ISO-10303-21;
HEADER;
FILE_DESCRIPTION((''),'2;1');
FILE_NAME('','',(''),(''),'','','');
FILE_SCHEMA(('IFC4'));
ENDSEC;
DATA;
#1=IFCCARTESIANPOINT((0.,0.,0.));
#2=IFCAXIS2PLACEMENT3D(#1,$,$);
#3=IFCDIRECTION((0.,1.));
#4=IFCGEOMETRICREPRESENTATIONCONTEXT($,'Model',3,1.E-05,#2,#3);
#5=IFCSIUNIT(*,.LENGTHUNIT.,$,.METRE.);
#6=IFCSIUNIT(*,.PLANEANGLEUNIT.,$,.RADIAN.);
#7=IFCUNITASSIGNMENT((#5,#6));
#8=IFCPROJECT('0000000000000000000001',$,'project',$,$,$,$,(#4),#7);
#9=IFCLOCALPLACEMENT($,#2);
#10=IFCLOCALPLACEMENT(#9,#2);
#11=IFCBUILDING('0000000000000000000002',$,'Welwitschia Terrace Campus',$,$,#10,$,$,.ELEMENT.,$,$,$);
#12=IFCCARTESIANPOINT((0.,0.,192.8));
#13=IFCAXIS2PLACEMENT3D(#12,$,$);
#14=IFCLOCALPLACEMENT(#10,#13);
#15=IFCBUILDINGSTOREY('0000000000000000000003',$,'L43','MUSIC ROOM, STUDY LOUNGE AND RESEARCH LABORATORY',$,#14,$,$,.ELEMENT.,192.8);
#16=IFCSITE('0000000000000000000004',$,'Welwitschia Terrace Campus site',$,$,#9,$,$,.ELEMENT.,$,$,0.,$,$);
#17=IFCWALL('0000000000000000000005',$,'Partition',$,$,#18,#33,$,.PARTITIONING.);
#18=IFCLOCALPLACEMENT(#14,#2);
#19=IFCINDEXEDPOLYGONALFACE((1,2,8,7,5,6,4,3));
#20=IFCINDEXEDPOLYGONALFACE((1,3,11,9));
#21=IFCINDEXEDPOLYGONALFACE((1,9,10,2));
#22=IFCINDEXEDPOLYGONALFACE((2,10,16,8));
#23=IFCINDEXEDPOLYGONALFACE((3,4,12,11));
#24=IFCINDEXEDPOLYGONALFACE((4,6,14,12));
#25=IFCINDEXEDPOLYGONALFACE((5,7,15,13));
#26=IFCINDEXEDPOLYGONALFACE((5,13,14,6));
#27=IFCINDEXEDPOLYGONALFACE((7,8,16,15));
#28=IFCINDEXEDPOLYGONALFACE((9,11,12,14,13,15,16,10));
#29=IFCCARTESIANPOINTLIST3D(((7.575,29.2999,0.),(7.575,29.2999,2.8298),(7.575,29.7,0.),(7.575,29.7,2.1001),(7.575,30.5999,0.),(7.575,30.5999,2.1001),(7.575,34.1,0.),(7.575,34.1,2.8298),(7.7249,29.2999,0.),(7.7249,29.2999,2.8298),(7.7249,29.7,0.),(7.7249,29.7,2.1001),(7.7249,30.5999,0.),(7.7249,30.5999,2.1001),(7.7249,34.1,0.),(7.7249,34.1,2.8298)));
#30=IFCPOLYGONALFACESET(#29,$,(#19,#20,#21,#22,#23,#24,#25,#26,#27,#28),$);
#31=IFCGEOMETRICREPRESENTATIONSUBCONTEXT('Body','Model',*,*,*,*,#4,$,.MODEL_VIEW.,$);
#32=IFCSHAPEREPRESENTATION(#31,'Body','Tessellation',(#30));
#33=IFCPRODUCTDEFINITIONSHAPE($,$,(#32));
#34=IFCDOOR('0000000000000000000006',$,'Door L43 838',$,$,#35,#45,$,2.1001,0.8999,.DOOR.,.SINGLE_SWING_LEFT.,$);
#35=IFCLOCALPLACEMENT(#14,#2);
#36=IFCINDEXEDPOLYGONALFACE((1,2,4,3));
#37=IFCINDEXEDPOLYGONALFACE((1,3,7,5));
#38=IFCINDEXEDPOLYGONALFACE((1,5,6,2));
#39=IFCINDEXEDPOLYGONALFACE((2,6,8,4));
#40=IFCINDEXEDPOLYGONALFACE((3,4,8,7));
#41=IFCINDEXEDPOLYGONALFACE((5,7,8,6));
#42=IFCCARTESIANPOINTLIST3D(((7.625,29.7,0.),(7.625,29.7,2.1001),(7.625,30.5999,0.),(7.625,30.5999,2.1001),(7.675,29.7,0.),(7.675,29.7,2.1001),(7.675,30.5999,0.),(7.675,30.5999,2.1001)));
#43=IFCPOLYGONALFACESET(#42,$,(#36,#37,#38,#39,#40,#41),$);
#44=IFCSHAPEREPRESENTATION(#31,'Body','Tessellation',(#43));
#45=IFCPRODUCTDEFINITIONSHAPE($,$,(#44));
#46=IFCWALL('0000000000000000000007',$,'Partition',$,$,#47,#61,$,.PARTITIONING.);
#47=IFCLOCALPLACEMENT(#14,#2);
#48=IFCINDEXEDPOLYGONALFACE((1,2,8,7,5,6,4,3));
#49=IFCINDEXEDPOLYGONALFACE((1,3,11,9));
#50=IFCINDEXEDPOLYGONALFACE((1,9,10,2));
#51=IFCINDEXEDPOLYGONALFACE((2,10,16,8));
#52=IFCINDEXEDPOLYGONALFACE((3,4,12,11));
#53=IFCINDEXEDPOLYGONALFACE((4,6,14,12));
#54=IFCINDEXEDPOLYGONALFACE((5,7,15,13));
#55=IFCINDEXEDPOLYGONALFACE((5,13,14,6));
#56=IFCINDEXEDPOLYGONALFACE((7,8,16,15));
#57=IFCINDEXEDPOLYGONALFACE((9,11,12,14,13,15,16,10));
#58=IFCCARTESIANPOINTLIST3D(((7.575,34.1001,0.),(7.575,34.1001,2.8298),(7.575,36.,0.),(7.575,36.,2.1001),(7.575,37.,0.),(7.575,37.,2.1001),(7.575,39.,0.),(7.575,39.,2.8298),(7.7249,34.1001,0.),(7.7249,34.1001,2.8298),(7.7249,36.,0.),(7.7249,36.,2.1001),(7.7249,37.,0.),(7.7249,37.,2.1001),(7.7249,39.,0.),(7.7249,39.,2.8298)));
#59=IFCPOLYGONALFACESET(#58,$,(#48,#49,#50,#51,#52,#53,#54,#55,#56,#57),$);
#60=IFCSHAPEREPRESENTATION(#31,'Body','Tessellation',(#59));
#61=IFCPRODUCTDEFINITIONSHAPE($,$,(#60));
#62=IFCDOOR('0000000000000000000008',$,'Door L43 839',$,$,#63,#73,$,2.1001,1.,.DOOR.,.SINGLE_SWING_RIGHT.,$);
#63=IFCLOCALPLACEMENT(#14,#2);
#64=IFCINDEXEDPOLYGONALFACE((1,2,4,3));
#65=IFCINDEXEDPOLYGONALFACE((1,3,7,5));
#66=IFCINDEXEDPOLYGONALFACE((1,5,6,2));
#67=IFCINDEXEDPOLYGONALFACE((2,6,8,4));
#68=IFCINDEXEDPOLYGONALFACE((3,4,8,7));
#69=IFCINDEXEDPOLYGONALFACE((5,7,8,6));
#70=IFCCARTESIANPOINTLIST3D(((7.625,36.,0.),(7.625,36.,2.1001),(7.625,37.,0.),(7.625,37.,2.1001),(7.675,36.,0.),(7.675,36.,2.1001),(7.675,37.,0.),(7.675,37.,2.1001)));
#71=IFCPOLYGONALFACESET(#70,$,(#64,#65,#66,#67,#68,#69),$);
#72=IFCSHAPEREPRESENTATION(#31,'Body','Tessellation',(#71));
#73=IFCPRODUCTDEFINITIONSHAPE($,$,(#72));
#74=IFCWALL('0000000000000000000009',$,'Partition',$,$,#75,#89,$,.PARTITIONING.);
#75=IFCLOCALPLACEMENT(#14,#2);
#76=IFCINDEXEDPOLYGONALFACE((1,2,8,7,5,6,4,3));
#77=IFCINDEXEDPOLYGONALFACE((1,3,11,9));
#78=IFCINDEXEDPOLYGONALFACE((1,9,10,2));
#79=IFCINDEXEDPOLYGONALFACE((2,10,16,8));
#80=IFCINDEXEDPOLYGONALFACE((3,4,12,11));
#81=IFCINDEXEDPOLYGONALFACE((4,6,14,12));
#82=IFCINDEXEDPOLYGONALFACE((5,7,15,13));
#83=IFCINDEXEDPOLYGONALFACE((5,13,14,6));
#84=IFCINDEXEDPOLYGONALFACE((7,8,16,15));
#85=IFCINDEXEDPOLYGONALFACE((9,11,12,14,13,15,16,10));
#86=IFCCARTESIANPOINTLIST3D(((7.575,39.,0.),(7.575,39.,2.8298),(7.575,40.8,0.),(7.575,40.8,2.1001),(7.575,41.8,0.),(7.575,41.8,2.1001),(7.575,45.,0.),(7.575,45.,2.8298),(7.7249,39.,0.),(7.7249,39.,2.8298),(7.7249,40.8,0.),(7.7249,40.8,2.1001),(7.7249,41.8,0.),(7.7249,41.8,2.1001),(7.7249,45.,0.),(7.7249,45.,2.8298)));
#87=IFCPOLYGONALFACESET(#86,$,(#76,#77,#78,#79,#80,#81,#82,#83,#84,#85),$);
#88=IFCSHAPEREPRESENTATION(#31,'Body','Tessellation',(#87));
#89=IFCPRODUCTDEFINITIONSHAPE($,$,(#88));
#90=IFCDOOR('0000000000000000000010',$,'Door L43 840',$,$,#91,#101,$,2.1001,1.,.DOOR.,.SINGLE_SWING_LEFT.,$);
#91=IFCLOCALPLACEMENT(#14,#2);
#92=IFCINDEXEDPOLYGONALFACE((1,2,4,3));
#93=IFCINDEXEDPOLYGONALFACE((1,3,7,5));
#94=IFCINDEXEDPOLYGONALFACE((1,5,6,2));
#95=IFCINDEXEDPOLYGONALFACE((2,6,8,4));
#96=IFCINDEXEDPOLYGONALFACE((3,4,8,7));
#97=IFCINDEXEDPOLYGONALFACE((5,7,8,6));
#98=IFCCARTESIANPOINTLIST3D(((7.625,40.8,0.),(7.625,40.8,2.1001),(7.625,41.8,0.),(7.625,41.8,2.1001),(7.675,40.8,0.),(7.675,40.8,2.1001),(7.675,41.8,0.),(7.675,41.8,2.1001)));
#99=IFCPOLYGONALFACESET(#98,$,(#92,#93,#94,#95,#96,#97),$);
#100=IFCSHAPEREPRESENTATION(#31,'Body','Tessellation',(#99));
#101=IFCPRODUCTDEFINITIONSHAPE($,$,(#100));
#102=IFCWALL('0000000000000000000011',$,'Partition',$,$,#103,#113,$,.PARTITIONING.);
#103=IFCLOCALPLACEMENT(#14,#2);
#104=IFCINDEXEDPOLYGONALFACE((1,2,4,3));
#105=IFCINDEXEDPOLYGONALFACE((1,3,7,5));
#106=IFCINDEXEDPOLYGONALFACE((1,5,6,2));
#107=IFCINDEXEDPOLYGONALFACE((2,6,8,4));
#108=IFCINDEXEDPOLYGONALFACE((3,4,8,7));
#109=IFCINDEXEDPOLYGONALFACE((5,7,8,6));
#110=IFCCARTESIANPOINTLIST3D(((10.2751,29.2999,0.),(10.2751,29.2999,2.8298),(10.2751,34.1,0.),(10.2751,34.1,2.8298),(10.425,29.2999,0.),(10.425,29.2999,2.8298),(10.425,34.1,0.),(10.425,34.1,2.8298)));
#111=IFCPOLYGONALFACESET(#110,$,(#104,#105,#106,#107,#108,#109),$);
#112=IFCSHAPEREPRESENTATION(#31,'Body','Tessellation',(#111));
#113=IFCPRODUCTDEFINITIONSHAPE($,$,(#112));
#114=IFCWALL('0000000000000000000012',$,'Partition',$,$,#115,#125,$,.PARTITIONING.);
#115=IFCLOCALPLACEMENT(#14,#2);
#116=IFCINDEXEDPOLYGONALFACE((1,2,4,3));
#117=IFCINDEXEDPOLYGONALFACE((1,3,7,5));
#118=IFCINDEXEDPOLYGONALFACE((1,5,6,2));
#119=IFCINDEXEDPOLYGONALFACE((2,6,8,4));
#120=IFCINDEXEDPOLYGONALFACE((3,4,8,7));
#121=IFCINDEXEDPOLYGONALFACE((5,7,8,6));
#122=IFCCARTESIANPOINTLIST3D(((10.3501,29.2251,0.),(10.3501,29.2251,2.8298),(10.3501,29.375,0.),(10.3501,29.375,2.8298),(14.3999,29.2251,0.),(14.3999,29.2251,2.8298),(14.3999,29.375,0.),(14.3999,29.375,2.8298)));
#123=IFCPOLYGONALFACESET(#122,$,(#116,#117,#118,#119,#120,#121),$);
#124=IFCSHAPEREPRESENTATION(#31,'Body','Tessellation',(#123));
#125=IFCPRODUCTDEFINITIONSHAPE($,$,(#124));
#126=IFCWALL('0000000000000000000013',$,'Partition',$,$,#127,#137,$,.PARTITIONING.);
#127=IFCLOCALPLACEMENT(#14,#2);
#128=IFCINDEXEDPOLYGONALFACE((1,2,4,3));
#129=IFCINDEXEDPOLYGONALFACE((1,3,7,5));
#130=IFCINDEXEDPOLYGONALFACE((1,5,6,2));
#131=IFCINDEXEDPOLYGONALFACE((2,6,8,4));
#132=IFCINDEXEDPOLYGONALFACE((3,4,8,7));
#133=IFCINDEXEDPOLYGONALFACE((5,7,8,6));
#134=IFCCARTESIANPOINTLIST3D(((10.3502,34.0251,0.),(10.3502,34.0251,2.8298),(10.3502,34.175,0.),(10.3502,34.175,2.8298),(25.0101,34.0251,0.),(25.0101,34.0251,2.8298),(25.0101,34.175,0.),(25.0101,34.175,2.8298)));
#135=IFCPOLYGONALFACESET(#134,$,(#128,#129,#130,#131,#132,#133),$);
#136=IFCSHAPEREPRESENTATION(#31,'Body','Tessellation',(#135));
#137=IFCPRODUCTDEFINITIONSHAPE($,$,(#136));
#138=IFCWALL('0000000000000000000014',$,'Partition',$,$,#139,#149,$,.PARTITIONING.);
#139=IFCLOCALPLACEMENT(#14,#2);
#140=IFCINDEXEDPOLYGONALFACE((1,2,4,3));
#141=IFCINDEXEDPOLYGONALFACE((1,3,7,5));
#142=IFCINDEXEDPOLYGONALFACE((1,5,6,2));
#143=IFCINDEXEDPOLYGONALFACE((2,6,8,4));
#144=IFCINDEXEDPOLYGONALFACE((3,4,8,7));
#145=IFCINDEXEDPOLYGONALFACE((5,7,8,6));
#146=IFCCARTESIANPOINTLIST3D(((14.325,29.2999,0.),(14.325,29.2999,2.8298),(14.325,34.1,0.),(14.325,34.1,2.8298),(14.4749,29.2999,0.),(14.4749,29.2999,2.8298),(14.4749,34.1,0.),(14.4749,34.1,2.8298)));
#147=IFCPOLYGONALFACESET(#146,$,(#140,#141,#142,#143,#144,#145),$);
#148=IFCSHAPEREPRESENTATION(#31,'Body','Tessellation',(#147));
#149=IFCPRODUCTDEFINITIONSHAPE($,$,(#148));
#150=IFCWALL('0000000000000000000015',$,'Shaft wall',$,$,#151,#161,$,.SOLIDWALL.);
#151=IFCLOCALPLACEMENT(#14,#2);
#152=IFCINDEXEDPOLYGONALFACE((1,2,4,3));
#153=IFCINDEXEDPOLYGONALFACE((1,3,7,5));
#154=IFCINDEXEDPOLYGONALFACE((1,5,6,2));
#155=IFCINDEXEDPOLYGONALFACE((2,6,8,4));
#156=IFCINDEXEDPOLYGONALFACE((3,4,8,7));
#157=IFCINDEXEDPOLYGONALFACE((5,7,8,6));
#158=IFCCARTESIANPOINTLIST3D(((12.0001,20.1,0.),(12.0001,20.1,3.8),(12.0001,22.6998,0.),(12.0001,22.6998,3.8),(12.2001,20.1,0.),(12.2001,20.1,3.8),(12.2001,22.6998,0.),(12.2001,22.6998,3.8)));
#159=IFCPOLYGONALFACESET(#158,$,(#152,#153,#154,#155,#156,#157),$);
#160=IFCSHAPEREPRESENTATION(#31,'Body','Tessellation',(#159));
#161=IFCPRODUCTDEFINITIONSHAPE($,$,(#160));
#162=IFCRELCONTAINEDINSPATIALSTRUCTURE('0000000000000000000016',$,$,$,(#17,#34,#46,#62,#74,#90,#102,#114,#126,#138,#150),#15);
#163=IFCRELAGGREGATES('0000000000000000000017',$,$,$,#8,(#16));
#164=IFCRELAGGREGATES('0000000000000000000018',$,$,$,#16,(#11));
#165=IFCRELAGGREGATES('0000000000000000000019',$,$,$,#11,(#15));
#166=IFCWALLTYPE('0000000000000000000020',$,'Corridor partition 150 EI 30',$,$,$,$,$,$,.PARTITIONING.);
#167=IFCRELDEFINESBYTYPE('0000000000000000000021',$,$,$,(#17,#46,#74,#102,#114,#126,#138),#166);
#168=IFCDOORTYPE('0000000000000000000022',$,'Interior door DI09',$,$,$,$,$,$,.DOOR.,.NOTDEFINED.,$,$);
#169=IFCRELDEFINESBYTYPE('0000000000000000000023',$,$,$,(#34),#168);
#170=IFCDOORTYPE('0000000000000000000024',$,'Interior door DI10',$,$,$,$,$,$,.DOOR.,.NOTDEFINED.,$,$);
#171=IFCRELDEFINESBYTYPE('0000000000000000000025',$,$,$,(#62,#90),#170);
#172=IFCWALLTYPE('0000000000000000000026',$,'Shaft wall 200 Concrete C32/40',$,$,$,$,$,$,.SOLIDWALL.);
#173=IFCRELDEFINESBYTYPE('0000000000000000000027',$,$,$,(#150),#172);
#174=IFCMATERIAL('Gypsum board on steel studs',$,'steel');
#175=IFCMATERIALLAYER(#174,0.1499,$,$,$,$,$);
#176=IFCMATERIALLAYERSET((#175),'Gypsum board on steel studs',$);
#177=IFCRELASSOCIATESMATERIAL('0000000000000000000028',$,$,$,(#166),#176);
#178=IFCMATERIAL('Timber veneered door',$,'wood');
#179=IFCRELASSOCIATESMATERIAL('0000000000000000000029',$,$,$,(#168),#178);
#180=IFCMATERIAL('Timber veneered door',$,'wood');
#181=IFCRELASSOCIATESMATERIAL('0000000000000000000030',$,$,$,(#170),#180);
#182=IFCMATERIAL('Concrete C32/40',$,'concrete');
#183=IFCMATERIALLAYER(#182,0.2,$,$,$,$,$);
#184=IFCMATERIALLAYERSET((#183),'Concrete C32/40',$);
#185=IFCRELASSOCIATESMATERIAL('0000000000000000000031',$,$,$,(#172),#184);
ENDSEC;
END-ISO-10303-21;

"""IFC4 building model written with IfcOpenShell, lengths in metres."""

from ifc_helpers import new_model, si_unit, direction, frame, frame_2d, origin, place, context, subcontext, project, spatial, rectangle, extrude, material, layer, layer_set, type_object, element, fill, save


model = new_model("IFC4")

# Units and contexts
model_context = context("Model", 3, precision=1e-05, world=origin(), true_north=direction((0.0, 1.0)))
body_context = subcontext(model_context, "Body", "Model", "MODEL_VIEW")
ifc_project = project(units=[si_unit("LENGTHUNIT", "METRE"), si_unit("PLANEANGLEUNIT", "RADIAN")], contexts=[model_context])

# Site, building, storey
site_placement = place(None, origin())
site = spatial("IfcSite", under=ifc_project, at=site_placement, Name="Welwitschia Terrace Campus site", CompositionType="ELEMENT", RefElevation=0.0)
building_placement = place(site_placement, origin())
building = spatial("IfcBuilding", under=site, at=building_placement, Name="Welwitschia Terrace Campus", CompositionType="ELEMENT")
storey_placement = place(building_placement, frame((0.0, 0.0, 192.8)))
storey = spatial("IfcBuildingStorey", under=building, at=storey_placement, Name="L43", Description="MUSIC ROOM, STUDY LOUNGE AND RESEARCH LABORATORY", CompositionType="ELEMENT", Elevation=192.8)

# Shared definitions
ifc_material_1 = material(Name="Gypsum board on steel studs", Category="steel")
ifc_layer_1 = layer(ifc_material_1, 0.1499)
ifc_layer_set_1 = layer_set([ifc_layer_1], Name="Gypsum board on steel studs")
wall_type_1 = type_object("IfcWallType", Name="Corridor partition 150 EI 30", PredefinedType="PARTITIONING", material=ifc_layer_set_1)

# Walls, openings, doors
wall_1_placement = place(storey_placement, frame((7.6499, 29.3, 0.0), z_axis=(0.0, 0.0, 1.0), x_axis=(0.0, 1.0, 0.0)))
wall_1 = element("IfcWall", 1, at=wall_1_placement, inside=storey, type_object=wall_type_1, Name="Partition", PredefinedType="PARTITIONING", context=body_context, shape_type="SweptSolid", body=[
    extrude(rectangle(XDim=4.8, YDim=0.1499, at=frame_2d((2.3999, 0.0))), origin(), (0.0, 0.0, 1.0), 2.8298),
])
opening_1_placement = place(wall_1_placement, frame((0.3999, 0.0, 0.0)))
opening_1 = element("IfcOpeningElement", 2, at=opening_1_placement, cuts=wall_1, PredefinedType="OPENING", context=body_context, shape_type="SweptSolid", body=[
    extrude(rectangle(XDim=0.8999, YDim=2.1001, at=frame_2d((0.45, 1.05))), frame((0.0, 0.085, 0.0), z_axis=(0.0, -1.0, 0.0), x_axis=(1.0, 0.0, 0.0)), (0.0, 0.0, 1.0), 0.1699),
])
ifc_material_2 = material(Name="Timber veneered door", Category="wood")
door_type_1 = type_object("IfcDoorType", Name="Interior door DI09", OperationType="NOTDEFINED", PredefinedType="DOOR", material=ifc_material_2)
door_1_placement = place(opening_1_placement, origin())
door_1 = element("IfcDoor", 3, at=door_1_placement, inside=storey, type_object=door_type_1, Name="Door L43 838", OperationType="SINGLE_SWING_LEFT", OverallHeight=2.1001, OverallWidth=0.8999, PredefinedType="DOOR", context=body_context, shape_type="SweptSolid", body=[
    extrude(rectangle(XDim=0.8999, YDim=2.1001, at=frame_2d((0.45, 1.05))), frame((0.0, 0.0249, 0.0), z_axis=(0.0, -1.0, 0.0), x_axis=(1.0, 0.0, 0.0)), (0.0, 0.0, 1.0), 0.05),
])
fill(opening_1, door_1)
wall_2_placement = place(storey_placement, frame((7.6499, 34.1001, 0.0), z_axis=(0.0, 0.0, 1.0), x_axis=(0.0, 1.0, 0.0)))
wall_2 = element("IfcWall", 4, at=wall_2_placement, inside=storey, type_object=wall_type_1, Name="Partition", PredefinedType="PARTITIONING", context=body_context, shape_type="SweptSolid", body=[
    extrude(rectangle(XDim=4.8999, YDim=0.1499, at=frame_2d((2.45, 0.0))), origin(), (0.0, 0.0, 1.0), 2.8298),
])
opening_2_placement = place(wall_2_placement, frame((1.8999, 0.0, 0.0)))
opening_2 = element("IfcOpeningElement", 5, at=opening_2_placement, cuts=wall_2, PredefinedType="OPENING", context=body_context, shape_type="SweptSolid", body=[
    extrude(rectangle(XDim=1.0, YDim=2.1001, at=frame_2d((0.5, 1.05))), frame((0.0, 0.085, 0.0), z_axis=(0.0, -1.0, 0.0), x_axis=(1.0, 0.0, 0.0)), (0.0, 0.0, 1.0), 0.1699),
])
ifc_material_3 = material(Name="Timber veneered door", Category="wood")
door_type_2 = type_object("IfcDoorType", Name="Interior door DI10", OperationType="NOTDEFINED", PredefinedType="DOOR", material=ifc_material_3)
door_2_placement = place(opening_2_placement, origin())
door_2 = element("IfcDoor", 6, at=door_2_placement, inside=storey, type_object=door_type_2, Name="Door L43 839", OperationType="SINGLE_SWING_RIGHT", OverallHeight=2.1001, OverallWidth=1.0, PredefinedType="DOOR", context=body_context, shape_type="SweptSolid", body=[
    extrude(rectangle(XDim=1.0, YDim=2.1001, at=frame_2d((0.5, 1.05))), frame((0.0, 0.0249, 0.0), z_axis=(0.0, -1.0, 0.0), x_axis=(1.0, 0.0, 0.0)), (0.0, 0.0, 1.0), 0.05),
])
fill(opening_2, door_2)
wall_3_placement = place(storey_placement, frame((7.6499, 39.0, 0.0), z_axis=(0.0, 0.0, 1.0), x_axis=(0.0, 1.0, 0.0)))
wall_3 = element("IfcWall", 7, at=wall_3_placement, inside=storey, type_object=wall_type_1, Name="Partition", PredefinedType="PARTITIONING", context=body_context, shape_type="SweptSolid", body=[
    extrude(rectangle(XDim=6.0, YDim=0.1499, at=frame_2d((3.0, 0.0))), origin(), (0.0, 0.0, 1.0), 2.8298),
])
opening_3_placement = place(wall_3_placement, frame((1.8, 0.0, 0.0)))
opening_3 = element("IfcOpeningElement", 8, at=opening_3_placement, cuts=wall_3, PredefinedType="OPENING", context=body_context, shape_type="SweptSolid", body=[
    extrude(rectangle(XDim=1.0, YDim=2.1001, at=frame_2d((0.5, 1.05))), frame((0.0, 0.085, 0.0), z_axis=(0.0, -1.0, 0.0), x_axis=(1.0, 0.0, 0.0)), (0.0, 0.0, 1.0), 0.1699),
])
door_3_placement = place(opening_3_placement, origin())
door_3 = element("IfcDoor", 9, at=door_3_placement, inside=storey, type_object=door_type_2, Name="Door L43 840", OperationType="SINGLE_SWING_LEFT", OverallHeight=2.1001, OverallWidth=1.0, PredefinedType="DOOR", context=body_context, shape_type="SweptSolid", body=[
    extrude(rectangle(XDim=1.0, YDim=2.1001, at=frame_2d((0.5, 1.05))), frame((0.0, 0.0249, 0.0), z_axis=(0.0, -1.0, 0.0), x_axis=(1.0, 0.0, 0.0)), (0.0, 0.0, 1.0), 0.05),
])
fill(opening_3, door_3)

# Walls
wall_4_placement = place(storey_placement, frame((10.3501, 29.3, 0.0), z_axis=(0.0, 0.0, 1.0), x_axis=(0.0, 1.0, 0.0)))
element("IfcWall", 10, at=wall_4_placement, inside=storey, type_object=wall_type_1, Name="Partition", PredefinedType="PARTITIONING", context=body_context, shape_type="SweptSolid", body=[
    extrude(rectangle(XDim=4.8, YDim=0.1499, at=frame_2d((2.3999, 0.0))), origin(), (0.0, 0.0, 1.0), 2.8298),
])
wall_5_placement = place(storey_placement, frame((10.3501, 29.3, 0.0), z_axis=(0.0, 0.0, 1.0), x_axis=(1.0, 0.0, 0.0)))
element("IfcWall", 11, at=wall_5_placement, inside=storey, type_object=wall_type_1, Name="Partition", PredefinedType="PARTITIONING", context=body_context, shape_type="SweptSolid", body=[
    extrude(rectangle(XDim=4.0498, YDim=0.1499, at=frame_2d((2.0249, 0.0))), origin(), (0.0, 0.0, 1.0), 2.8298),
])
wall_6_placement = place(storey_placement, frame((10.3501, 34.1001, 0.0), z_axis=(0.0, 0.0, 1.0), x_axis=(1.0, 0.0, 0.0)))
element("IfcWall", 12, at=wall_6_placement, inside=storey, type_object=wall_type_1, Name="Partition", PredefinedType="PARTITIONING", context=body_context, shape_type="SweptSolid", body=[
    extrude(rectangle(XDim=14.6599, YDim=0.1499, at=frame_2d((7.3301, 0.0))), origin(), (0.0, 0.0, 1.0), 2.8298),
])
wall_7_placement = place(storey_placement, frame((14.3999, 29.3, 0.0), z_axis=(0.0, 0.0, 1.0), x_axis=(0.0, 1.0, 0.0)))
element("IfcWall", 13, at=wall_7_placement, inside=storey, type_object=wall_type_1, Name="Partition", PredefinedType="PARTITIONING", context=body_context, shape_type="SweptSolid", body=[
    extrude(rectangle(XDim=4.8, YDim=0.1499, at=frame_2d((2.3999, 0.0))), origin(), (0.0, 0.0, 1.0), 2.8298),
])
ifc_material_4 = material(Name="Concrete C32/40", Category="concrete")
ifc_layer_2 = layer(ifc_material_4, 0.2)
ifc_layer_set_2 = layer_set([ifc_layer_2], Name="Concrete C32/40")
wall_type_2 = type_object("IfcWallType", Name="Shaft wall 200 Concrete C32/40", PredefinedType="SOLIDWALL", material=ifc_layer_set_2)
wall_8_placement = place(storey_placement, frame((12.1001, 20.1001, 0.0), z_axis=(0.0, 0.0, 1.0), x_axis=(0.0, 1.0, 0.0)))
element("IfcWall", 14, at=wall_8_placement, inside=storey, type_object=wall_type_2, Name="Shaft wall", PredefinedType="SOLIDWALL", context=body_context, shape_type="SweptSolid", body=[
    extrude(rectangle(XDim=2.5999, YDim=0.2, at=frame_2d((1.2998, 0.0))), origin(), (0.0, 0.0, 1.0), 3.8),
])

save(model, "model.ifc")
